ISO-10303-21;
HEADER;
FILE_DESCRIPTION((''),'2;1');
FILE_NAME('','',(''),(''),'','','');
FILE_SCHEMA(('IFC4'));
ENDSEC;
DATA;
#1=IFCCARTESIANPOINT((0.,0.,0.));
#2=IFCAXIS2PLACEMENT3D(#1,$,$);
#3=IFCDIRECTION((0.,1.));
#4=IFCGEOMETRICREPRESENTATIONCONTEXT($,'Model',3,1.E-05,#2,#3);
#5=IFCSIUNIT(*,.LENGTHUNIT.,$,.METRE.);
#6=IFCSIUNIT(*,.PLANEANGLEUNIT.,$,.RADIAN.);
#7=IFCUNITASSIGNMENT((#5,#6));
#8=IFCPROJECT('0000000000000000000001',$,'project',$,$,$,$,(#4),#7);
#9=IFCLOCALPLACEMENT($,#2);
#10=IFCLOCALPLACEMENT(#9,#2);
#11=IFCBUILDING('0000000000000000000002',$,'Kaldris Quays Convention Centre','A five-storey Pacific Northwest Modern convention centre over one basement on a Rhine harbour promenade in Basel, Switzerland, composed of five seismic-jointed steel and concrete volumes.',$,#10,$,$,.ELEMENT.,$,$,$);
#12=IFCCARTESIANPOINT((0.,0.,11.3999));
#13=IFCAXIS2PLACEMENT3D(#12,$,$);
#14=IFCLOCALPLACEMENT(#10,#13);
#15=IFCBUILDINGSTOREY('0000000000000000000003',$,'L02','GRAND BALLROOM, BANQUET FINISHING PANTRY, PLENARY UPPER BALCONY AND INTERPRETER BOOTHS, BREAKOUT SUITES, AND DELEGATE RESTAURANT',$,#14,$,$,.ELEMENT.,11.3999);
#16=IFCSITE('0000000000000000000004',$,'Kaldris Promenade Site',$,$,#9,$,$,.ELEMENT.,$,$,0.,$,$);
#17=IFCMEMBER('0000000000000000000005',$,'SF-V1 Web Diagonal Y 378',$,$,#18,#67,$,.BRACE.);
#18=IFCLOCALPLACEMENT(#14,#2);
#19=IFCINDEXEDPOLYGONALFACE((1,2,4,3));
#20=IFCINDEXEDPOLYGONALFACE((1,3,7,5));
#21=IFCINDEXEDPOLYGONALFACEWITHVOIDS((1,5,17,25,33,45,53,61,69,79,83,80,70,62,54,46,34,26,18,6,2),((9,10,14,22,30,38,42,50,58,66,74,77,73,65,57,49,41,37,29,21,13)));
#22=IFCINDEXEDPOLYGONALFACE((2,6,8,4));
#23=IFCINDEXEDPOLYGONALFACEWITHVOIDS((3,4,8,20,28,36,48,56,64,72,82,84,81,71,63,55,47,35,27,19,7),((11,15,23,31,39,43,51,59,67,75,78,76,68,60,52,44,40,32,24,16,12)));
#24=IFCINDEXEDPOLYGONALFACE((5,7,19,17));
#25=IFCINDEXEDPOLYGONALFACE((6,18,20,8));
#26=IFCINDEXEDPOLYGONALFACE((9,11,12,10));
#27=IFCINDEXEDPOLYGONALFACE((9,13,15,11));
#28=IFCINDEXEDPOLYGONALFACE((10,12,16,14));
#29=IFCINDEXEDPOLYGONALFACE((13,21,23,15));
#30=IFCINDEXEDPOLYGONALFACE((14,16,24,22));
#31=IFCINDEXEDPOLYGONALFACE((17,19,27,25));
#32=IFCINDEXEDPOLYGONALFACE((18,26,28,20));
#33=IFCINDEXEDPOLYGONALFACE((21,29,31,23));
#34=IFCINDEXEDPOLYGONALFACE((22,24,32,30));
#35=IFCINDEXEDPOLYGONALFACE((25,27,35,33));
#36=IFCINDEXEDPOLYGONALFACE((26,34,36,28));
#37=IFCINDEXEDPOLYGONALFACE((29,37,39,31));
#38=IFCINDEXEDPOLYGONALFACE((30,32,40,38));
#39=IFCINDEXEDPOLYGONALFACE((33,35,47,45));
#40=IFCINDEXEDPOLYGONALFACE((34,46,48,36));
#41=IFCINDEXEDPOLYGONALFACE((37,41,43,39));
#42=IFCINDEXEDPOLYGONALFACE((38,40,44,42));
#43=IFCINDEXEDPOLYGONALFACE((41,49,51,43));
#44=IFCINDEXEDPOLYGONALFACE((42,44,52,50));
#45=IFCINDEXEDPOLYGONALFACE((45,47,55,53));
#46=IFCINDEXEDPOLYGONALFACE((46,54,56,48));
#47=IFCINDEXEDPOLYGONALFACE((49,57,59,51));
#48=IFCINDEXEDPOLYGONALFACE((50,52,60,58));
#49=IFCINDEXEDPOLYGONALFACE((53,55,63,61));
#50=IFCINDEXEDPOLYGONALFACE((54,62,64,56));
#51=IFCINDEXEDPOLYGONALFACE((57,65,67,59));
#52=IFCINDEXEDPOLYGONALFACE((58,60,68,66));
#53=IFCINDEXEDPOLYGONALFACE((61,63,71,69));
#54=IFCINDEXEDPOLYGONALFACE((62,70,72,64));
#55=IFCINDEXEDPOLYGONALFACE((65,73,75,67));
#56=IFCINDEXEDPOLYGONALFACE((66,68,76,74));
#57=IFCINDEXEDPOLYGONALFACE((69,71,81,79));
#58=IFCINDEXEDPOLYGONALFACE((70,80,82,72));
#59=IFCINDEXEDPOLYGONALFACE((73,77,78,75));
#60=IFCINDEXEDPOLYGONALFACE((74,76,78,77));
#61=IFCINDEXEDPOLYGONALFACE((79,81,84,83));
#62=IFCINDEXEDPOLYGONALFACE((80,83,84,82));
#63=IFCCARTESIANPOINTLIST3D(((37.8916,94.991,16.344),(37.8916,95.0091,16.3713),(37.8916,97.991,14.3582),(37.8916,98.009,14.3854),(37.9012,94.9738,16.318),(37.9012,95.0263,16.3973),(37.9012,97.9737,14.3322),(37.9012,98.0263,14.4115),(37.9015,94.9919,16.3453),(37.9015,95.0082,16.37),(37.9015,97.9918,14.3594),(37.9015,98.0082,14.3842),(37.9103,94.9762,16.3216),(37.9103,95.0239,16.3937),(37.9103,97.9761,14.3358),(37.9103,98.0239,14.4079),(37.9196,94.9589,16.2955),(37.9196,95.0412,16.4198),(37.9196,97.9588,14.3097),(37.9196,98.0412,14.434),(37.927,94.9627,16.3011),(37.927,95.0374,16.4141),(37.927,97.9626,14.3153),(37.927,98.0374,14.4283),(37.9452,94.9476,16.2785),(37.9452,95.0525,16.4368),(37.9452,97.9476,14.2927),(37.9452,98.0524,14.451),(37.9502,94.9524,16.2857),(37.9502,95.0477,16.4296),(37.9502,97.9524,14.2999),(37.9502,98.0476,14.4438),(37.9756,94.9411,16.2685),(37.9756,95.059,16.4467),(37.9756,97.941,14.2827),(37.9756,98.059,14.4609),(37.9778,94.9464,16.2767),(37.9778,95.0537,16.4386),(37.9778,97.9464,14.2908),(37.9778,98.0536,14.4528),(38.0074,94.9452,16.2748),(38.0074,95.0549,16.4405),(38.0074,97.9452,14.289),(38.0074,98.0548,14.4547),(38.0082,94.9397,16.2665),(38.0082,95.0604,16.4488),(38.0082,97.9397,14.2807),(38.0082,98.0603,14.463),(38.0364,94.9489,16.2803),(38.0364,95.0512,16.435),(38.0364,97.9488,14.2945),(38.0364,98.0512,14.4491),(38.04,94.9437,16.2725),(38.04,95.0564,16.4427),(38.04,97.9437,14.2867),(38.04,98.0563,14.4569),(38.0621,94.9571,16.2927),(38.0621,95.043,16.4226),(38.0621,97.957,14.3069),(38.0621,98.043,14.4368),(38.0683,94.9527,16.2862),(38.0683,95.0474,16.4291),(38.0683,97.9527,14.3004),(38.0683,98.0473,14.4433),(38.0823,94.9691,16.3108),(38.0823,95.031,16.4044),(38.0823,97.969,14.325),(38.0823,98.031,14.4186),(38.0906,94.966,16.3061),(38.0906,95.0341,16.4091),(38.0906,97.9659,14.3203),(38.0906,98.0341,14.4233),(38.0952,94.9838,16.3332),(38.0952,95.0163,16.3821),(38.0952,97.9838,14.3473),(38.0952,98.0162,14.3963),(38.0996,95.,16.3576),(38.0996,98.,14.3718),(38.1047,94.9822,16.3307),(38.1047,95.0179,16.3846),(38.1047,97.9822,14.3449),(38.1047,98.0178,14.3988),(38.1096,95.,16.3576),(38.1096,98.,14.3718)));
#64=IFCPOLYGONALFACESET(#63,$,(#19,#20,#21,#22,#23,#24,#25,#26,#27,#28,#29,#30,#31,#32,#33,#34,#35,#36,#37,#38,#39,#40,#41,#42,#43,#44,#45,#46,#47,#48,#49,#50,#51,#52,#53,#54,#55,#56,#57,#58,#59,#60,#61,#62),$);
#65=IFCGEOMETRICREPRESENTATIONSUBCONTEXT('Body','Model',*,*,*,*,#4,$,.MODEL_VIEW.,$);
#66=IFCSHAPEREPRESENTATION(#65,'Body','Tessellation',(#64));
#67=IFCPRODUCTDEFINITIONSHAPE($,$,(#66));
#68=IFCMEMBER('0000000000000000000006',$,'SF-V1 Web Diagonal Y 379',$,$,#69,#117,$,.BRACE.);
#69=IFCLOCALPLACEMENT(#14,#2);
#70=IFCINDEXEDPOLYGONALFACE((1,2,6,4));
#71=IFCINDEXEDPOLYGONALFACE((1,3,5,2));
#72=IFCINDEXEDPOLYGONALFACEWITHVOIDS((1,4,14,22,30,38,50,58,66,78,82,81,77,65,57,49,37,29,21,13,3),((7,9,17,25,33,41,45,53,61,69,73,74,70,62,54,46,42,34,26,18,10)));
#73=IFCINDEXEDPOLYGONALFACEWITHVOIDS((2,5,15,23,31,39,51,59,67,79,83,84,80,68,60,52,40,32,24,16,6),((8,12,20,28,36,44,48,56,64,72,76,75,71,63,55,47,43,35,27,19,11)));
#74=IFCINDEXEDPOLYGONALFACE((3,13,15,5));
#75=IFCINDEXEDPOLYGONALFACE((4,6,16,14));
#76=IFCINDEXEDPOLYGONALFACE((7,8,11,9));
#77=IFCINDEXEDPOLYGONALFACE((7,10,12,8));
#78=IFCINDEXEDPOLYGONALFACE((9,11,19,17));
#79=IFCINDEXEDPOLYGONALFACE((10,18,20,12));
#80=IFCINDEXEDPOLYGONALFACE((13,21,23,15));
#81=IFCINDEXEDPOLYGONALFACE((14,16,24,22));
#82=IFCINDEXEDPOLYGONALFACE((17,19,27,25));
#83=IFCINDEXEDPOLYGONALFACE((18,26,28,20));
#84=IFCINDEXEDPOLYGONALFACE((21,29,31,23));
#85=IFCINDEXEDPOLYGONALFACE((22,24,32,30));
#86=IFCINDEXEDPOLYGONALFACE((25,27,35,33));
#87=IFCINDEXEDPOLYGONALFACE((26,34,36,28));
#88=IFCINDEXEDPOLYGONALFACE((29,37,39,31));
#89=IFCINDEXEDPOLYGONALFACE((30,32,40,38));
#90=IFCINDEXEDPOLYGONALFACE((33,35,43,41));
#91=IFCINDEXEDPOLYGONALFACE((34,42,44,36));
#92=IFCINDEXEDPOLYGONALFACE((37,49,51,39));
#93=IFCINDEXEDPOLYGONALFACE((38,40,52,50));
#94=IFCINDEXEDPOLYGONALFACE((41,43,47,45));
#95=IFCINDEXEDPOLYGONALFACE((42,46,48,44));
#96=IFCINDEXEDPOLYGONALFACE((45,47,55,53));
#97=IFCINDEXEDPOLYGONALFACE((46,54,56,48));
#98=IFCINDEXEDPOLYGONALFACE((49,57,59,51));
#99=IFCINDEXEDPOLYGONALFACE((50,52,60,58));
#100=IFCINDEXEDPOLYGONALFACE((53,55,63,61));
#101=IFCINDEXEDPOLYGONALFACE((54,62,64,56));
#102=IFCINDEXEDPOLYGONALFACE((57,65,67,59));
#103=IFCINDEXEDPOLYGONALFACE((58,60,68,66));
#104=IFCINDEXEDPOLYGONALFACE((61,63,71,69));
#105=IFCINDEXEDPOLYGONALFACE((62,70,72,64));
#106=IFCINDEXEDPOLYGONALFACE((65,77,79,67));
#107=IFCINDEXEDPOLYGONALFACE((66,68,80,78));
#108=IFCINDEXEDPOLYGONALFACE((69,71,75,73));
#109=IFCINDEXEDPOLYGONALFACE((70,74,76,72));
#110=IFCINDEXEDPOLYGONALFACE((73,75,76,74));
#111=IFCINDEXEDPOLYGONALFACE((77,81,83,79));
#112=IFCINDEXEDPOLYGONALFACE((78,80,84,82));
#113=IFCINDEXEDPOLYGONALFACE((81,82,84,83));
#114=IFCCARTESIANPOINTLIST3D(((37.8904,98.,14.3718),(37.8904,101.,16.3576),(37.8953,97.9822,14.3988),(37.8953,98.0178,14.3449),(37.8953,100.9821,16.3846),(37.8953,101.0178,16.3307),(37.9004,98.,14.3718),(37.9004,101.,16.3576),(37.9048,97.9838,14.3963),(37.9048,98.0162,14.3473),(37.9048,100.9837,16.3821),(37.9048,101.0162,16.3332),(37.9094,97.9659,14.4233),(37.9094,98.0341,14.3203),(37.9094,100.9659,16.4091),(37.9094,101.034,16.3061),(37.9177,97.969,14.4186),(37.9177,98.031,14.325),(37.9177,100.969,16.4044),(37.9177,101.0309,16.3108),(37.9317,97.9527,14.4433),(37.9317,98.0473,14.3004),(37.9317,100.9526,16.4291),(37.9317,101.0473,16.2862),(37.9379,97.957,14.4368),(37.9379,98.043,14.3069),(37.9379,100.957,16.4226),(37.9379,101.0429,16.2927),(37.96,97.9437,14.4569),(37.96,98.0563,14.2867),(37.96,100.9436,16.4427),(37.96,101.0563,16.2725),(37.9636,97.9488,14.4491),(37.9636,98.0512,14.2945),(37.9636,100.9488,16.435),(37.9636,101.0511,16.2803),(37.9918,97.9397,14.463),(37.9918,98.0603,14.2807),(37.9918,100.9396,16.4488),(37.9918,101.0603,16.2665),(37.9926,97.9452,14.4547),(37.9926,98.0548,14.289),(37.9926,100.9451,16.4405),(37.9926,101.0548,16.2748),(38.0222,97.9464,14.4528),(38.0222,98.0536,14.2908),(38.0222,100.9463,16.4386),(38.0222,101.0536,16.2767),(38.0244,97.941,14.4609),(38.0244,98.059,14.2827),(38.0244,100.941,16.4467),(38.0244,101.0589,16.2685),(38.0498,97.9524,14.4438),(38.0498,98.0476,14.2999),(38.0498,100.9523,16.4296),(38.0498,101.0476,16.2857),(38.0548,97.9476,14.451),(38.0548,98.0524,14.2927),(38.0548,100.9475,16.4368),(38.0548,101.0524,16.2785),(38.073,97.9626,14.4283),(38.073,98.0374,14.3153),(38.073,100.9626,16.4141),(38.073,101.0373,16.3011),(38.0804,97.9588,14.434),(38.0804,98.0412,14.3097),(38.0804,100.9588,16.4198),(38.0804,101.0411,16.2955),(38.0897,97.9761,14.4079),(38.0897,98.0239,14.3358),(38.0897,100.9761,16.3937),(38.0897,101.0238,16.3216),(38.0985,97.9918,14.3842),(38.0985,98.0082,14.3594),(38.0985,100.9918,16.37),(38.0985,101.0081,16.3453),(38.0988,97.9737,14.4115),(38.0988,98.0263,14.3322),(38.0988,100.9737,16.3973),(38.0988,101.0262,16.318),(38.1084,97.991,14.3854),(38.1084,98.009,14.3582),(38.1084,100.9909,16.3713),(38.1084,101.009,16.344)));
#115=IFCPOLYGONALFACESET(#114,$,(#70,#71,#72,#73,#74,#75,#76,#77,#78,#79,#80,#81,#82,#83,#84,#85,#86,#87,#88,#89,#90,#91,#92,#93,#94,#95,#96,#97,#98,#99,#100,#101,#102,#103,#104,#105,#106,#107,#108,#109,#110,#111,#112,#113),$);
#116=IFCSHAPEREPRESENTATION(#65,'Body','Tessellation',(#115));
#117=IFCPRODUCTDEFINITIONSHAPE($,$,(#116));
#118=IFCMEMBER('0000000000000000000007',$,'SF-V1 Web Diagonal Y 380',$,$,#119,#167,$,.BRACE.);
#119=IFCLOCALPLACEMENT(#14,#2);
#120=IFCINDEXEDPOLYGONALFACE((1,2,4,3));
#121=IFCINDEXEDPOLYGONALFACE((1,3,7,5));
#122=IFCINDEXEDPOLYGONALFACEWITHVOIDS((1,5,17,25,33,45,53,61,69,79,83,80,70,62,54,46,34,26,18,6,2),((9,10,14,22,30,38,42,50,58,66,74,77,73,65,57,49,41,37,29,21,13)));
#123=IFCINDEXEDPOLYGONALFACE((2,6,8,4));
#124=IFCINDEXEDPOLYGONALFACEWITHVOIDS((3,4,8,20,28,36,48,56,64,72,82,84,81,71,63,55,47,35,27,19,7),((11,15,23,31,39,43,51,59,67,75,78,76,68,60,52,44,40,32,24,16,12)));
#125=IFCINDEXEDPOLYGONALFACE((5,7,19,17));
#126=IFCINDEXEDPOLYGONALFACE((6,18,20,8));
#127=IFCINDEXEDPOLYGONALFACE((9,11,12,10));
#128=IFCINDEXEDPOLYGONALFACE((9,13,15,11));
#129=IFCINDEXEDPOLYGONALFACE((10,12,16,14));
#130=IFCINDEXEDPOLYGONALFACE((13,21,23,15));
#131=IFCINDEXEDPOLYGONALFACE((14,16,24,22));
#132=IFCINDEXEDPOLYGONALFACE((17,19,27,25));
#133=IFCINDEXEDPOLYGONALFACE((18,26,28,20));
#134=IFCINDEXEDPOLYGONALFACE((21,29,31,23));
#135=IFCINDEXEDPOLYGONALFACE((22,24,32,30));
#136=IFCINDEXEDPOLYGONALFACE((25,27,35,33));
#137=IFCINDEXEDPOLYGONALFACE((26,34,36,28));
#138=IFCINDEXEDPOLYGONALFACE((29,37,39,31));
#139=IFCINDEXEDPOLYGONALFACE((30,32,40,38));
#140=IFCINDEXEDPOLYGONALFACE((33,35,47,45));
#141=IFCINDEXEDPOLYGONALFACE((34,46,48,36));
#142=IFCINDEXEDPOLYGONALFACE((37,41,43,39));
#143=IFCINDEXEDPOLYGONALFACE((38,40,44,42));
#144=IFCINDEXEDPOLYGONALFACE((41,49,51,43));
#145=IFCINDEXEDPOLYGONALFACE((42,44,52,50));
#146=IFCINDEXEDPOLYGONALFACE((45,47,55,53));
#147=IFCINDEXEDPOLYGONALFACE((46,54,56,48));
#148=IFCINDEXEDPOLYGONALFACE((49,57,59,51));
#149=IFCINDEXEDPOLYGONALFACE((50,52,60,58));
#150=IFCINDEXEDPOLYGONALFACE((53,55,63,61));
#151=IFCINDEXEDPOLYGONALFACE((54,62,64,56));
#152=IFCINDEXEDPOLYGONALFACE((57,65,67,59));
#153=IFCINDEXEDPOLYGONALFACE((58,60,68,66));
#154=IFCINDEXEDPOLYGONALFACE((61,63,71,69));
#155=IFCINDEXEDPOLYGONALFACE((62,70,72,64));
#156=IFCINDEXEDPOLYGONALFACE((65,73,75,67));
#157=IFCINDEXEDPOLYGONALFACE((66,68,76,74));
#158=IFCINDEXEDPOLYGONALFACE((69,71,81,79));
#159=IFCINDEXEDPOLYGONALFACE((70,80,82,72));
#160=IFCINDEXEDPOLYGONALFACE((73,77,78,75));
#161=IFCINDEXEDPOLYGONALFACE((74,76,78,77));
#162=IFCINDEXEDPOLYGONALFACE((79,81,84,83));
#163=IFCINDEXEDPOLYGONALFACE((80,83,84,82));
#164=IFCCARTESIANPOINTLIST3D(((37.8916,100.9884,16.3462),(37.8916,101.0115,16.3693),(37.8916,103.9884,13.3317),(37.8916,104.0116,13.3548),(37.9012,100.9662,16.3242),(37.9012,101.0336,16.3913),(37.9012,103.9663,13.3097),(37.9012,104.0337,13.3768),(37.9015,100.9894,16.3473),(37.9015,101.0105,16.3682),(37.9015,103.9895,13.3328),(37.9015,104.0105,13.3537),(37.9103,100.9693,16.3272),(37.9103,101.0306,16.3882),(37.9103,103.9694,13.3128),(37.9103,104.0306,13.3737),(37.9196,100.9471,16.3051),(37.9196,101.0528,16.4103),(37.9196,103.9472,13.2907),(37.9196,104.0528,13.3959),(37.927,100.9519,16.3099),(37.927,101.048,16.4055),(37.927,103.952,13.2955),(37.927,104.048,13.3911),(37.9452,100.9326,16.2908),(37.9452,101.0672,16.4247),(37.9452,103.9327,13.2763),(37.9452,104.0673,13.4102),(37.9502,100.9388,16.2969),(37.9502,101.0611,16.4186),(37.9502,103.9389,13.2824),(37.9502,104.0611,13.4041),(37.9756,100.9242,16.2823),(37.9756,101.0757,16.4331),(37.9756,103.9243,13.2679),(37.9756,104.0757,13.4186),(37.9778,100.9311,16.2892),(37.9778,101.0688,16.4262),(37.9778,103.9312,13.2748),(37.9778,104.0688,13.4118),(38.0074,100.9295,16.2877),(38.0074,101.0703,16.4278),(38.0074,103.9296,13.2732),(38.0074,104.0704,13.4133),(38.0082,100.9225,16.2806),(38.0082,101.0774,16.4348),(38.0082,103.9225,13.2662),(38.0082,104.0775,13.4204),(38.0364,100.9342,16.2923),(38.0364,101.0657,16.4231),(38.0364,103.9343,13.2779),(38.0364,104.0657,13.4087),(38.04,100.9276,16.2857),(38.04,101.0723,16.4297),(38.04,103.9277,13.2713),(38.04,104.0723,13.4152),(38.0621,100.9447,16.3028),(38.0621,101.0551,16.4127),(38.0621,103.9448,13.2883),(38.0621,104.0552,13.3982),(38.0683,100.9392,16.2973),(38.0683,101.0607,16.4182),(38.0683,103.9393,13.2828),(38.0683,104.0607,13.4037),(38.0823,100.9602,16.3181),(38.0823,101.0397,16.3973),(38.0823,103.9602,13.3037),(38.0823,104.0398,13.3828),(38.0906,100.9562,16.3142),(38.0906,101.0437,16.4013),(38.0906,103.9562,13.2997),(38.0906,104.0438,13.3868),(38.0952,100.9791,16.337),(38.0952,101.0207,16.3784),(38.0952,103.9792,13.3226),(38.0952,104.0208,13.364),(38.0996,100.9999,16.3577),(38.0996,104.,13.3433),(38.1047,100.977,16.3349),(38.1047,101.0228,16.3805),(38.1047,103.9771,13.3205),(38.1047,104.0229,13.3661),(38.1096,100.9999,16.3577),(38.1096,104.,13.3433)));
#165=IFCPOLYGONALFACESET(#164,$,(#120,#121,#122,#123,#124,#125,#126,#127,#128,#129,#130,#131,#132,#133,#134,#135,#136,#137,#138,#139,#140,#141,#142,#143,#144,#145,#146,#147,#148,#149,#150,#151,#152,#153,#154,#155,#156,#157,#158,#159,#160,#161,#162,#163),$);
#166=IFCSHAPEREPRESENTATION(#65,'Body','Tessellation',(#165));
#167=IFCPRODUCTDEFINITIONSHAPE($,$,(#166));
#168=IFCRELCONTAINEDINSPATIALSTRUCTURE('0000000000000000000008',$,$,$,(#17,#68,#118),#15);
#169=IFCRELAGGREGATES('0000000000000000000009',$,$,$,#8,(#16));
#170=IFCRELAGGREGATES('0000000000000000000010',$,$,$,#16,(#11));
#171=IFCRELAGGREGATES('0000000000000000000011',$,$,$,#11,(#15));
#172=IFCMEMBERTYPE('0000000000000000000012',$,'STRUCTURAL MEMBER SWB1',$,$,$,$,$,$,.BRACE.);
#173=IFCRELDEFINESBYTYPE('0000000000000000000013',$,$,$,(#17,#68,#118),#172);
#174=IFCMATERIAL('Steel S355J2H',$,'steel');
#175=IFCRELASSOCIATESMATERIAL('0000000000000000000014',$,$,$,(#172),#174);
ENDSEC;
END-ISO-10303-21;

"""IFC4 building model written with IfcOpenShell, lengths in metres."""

from ifc_helpers import new_model, si_unit, direction, frame, origin, origin_2d, place, context, subcontext, project, spatial, hollow_circle, extrude, material, material_profile, profile_set, type_object, element, save


model = new_model("IFC4")

# Units and contexts
model_context = context("Model", 3, precision=1e-05, world=origin(), true_north=direction((0.0, 1.0)))
body_context = subcontext(model_context, "Body", "Model", "MODEL_VIEW")
ifc_project = project(units=[si_unit("LENGTHUNIT", "METRE"), si_unit("PLANEANGLEUNIT", "RADIAN")], contexts=[model_context])

# Site, building, storey
site_placement = place(None, origin())
site = spatial("IfcSite", under=ifc_project, at=site_placement, Name="Kaldris Promenade Site", CompositionType="ELEMENT", RefElevation=0.0)
building_placement = place(site_placement, origin())
building = spatial("IfcBuilding", under=site, at=building_placement, Name="Kaldris Quays Convention Centre", Description="A five-storey Pacific Northwest Modern convention centre over one basement on a Rhine harbour promenade in Basel, Switzerland, composed of five seismic-jointed steel and concrete volumes.", CompositionType="ELEMENT")
storey_placement = place(building_placement, frame((0.0, 0.0, 11.3999)))
storey = spatial("IfcBuildingStorey", under=building, at=storey_placement, Name="L02", Description="GRAND BALLROOM, BANQUET FINISHING PANTRY, PLENARY UPPER BALCONY AND INTERPRETER BOOTHS, BREAKOUT SUITES, AND DELEGATE RESTAURANT", CompositionType="ELEMENT", Elevation=11.3999)

# Members
ifc_material_1 = material(Name="Steel S355J2H", Category="steel")
ifc_material_profile_1 = material_profile(ifc_material_1, hollow_circle(Radius=0.1096, WallThickness=0.01, at=origin_2d()), Name="CHS 219.1x10")
ifc_profile_set_1 = profile_set([ifc_material_profile_1], Name="Steel S355J2H")
member_type_1 = type_object("IfcMemberType", Name="STRUCTURAL MEMBER SWB1", PredefinedType="BRACE", material=ifc_profile_set_1)
for number, where, z_axis, x_axis, name in (
    (1, (38.0, 98.0, 14.3718), (0.0, -0.833862, 0.551972), (1.0, 0.0, 0.0), "SF-V1 Web Diagonal Y 378"),
    (2, (38.0, 98.0, 14.3718), (0.0, 0.833862, 0.551972), (-1.0, 0.0, 0.0), "SF-V1 Web Diagonal Y 379"),
):
    element("IfcMember", number, at=place(storey_placement, frame(where, z_axis=z_axis, x_axis=x_axis)), inside=storey, type_object=member_type_1, Name=name, PredefinedType="BRACE", context=body_context, shape_type="SweptSolid", body=[
        extrude(hollow_circle(Radius=0.1096, WallThickness=0.01, at=origin_2d()), origin(), (0.0, 0.0, 1.0), 3.5977),
    ])
member_1_placement = place(storey_placement, frame((38.0, 104.0, 13.3433), z_axis=(0.0, -0.705411, 0.708798), x_axis=(1.0, 0.0, 0.0)))
element("IfcMember", 3, at=member_1_placement, inside=storey, type_object=member_type_1, Name="SF-V1 Web Diagonal Y 380", PredefinedType="BRACE", context=body_context, shape_type="SweptSolid", body=[
    extrude(hollow_circle(Radius=0.1096, WallThickness=0.01, at=origin_2d()), origin(), (0.0, 0.0, 1.0), 4.2529),
])

save(model, "model.ifc")
